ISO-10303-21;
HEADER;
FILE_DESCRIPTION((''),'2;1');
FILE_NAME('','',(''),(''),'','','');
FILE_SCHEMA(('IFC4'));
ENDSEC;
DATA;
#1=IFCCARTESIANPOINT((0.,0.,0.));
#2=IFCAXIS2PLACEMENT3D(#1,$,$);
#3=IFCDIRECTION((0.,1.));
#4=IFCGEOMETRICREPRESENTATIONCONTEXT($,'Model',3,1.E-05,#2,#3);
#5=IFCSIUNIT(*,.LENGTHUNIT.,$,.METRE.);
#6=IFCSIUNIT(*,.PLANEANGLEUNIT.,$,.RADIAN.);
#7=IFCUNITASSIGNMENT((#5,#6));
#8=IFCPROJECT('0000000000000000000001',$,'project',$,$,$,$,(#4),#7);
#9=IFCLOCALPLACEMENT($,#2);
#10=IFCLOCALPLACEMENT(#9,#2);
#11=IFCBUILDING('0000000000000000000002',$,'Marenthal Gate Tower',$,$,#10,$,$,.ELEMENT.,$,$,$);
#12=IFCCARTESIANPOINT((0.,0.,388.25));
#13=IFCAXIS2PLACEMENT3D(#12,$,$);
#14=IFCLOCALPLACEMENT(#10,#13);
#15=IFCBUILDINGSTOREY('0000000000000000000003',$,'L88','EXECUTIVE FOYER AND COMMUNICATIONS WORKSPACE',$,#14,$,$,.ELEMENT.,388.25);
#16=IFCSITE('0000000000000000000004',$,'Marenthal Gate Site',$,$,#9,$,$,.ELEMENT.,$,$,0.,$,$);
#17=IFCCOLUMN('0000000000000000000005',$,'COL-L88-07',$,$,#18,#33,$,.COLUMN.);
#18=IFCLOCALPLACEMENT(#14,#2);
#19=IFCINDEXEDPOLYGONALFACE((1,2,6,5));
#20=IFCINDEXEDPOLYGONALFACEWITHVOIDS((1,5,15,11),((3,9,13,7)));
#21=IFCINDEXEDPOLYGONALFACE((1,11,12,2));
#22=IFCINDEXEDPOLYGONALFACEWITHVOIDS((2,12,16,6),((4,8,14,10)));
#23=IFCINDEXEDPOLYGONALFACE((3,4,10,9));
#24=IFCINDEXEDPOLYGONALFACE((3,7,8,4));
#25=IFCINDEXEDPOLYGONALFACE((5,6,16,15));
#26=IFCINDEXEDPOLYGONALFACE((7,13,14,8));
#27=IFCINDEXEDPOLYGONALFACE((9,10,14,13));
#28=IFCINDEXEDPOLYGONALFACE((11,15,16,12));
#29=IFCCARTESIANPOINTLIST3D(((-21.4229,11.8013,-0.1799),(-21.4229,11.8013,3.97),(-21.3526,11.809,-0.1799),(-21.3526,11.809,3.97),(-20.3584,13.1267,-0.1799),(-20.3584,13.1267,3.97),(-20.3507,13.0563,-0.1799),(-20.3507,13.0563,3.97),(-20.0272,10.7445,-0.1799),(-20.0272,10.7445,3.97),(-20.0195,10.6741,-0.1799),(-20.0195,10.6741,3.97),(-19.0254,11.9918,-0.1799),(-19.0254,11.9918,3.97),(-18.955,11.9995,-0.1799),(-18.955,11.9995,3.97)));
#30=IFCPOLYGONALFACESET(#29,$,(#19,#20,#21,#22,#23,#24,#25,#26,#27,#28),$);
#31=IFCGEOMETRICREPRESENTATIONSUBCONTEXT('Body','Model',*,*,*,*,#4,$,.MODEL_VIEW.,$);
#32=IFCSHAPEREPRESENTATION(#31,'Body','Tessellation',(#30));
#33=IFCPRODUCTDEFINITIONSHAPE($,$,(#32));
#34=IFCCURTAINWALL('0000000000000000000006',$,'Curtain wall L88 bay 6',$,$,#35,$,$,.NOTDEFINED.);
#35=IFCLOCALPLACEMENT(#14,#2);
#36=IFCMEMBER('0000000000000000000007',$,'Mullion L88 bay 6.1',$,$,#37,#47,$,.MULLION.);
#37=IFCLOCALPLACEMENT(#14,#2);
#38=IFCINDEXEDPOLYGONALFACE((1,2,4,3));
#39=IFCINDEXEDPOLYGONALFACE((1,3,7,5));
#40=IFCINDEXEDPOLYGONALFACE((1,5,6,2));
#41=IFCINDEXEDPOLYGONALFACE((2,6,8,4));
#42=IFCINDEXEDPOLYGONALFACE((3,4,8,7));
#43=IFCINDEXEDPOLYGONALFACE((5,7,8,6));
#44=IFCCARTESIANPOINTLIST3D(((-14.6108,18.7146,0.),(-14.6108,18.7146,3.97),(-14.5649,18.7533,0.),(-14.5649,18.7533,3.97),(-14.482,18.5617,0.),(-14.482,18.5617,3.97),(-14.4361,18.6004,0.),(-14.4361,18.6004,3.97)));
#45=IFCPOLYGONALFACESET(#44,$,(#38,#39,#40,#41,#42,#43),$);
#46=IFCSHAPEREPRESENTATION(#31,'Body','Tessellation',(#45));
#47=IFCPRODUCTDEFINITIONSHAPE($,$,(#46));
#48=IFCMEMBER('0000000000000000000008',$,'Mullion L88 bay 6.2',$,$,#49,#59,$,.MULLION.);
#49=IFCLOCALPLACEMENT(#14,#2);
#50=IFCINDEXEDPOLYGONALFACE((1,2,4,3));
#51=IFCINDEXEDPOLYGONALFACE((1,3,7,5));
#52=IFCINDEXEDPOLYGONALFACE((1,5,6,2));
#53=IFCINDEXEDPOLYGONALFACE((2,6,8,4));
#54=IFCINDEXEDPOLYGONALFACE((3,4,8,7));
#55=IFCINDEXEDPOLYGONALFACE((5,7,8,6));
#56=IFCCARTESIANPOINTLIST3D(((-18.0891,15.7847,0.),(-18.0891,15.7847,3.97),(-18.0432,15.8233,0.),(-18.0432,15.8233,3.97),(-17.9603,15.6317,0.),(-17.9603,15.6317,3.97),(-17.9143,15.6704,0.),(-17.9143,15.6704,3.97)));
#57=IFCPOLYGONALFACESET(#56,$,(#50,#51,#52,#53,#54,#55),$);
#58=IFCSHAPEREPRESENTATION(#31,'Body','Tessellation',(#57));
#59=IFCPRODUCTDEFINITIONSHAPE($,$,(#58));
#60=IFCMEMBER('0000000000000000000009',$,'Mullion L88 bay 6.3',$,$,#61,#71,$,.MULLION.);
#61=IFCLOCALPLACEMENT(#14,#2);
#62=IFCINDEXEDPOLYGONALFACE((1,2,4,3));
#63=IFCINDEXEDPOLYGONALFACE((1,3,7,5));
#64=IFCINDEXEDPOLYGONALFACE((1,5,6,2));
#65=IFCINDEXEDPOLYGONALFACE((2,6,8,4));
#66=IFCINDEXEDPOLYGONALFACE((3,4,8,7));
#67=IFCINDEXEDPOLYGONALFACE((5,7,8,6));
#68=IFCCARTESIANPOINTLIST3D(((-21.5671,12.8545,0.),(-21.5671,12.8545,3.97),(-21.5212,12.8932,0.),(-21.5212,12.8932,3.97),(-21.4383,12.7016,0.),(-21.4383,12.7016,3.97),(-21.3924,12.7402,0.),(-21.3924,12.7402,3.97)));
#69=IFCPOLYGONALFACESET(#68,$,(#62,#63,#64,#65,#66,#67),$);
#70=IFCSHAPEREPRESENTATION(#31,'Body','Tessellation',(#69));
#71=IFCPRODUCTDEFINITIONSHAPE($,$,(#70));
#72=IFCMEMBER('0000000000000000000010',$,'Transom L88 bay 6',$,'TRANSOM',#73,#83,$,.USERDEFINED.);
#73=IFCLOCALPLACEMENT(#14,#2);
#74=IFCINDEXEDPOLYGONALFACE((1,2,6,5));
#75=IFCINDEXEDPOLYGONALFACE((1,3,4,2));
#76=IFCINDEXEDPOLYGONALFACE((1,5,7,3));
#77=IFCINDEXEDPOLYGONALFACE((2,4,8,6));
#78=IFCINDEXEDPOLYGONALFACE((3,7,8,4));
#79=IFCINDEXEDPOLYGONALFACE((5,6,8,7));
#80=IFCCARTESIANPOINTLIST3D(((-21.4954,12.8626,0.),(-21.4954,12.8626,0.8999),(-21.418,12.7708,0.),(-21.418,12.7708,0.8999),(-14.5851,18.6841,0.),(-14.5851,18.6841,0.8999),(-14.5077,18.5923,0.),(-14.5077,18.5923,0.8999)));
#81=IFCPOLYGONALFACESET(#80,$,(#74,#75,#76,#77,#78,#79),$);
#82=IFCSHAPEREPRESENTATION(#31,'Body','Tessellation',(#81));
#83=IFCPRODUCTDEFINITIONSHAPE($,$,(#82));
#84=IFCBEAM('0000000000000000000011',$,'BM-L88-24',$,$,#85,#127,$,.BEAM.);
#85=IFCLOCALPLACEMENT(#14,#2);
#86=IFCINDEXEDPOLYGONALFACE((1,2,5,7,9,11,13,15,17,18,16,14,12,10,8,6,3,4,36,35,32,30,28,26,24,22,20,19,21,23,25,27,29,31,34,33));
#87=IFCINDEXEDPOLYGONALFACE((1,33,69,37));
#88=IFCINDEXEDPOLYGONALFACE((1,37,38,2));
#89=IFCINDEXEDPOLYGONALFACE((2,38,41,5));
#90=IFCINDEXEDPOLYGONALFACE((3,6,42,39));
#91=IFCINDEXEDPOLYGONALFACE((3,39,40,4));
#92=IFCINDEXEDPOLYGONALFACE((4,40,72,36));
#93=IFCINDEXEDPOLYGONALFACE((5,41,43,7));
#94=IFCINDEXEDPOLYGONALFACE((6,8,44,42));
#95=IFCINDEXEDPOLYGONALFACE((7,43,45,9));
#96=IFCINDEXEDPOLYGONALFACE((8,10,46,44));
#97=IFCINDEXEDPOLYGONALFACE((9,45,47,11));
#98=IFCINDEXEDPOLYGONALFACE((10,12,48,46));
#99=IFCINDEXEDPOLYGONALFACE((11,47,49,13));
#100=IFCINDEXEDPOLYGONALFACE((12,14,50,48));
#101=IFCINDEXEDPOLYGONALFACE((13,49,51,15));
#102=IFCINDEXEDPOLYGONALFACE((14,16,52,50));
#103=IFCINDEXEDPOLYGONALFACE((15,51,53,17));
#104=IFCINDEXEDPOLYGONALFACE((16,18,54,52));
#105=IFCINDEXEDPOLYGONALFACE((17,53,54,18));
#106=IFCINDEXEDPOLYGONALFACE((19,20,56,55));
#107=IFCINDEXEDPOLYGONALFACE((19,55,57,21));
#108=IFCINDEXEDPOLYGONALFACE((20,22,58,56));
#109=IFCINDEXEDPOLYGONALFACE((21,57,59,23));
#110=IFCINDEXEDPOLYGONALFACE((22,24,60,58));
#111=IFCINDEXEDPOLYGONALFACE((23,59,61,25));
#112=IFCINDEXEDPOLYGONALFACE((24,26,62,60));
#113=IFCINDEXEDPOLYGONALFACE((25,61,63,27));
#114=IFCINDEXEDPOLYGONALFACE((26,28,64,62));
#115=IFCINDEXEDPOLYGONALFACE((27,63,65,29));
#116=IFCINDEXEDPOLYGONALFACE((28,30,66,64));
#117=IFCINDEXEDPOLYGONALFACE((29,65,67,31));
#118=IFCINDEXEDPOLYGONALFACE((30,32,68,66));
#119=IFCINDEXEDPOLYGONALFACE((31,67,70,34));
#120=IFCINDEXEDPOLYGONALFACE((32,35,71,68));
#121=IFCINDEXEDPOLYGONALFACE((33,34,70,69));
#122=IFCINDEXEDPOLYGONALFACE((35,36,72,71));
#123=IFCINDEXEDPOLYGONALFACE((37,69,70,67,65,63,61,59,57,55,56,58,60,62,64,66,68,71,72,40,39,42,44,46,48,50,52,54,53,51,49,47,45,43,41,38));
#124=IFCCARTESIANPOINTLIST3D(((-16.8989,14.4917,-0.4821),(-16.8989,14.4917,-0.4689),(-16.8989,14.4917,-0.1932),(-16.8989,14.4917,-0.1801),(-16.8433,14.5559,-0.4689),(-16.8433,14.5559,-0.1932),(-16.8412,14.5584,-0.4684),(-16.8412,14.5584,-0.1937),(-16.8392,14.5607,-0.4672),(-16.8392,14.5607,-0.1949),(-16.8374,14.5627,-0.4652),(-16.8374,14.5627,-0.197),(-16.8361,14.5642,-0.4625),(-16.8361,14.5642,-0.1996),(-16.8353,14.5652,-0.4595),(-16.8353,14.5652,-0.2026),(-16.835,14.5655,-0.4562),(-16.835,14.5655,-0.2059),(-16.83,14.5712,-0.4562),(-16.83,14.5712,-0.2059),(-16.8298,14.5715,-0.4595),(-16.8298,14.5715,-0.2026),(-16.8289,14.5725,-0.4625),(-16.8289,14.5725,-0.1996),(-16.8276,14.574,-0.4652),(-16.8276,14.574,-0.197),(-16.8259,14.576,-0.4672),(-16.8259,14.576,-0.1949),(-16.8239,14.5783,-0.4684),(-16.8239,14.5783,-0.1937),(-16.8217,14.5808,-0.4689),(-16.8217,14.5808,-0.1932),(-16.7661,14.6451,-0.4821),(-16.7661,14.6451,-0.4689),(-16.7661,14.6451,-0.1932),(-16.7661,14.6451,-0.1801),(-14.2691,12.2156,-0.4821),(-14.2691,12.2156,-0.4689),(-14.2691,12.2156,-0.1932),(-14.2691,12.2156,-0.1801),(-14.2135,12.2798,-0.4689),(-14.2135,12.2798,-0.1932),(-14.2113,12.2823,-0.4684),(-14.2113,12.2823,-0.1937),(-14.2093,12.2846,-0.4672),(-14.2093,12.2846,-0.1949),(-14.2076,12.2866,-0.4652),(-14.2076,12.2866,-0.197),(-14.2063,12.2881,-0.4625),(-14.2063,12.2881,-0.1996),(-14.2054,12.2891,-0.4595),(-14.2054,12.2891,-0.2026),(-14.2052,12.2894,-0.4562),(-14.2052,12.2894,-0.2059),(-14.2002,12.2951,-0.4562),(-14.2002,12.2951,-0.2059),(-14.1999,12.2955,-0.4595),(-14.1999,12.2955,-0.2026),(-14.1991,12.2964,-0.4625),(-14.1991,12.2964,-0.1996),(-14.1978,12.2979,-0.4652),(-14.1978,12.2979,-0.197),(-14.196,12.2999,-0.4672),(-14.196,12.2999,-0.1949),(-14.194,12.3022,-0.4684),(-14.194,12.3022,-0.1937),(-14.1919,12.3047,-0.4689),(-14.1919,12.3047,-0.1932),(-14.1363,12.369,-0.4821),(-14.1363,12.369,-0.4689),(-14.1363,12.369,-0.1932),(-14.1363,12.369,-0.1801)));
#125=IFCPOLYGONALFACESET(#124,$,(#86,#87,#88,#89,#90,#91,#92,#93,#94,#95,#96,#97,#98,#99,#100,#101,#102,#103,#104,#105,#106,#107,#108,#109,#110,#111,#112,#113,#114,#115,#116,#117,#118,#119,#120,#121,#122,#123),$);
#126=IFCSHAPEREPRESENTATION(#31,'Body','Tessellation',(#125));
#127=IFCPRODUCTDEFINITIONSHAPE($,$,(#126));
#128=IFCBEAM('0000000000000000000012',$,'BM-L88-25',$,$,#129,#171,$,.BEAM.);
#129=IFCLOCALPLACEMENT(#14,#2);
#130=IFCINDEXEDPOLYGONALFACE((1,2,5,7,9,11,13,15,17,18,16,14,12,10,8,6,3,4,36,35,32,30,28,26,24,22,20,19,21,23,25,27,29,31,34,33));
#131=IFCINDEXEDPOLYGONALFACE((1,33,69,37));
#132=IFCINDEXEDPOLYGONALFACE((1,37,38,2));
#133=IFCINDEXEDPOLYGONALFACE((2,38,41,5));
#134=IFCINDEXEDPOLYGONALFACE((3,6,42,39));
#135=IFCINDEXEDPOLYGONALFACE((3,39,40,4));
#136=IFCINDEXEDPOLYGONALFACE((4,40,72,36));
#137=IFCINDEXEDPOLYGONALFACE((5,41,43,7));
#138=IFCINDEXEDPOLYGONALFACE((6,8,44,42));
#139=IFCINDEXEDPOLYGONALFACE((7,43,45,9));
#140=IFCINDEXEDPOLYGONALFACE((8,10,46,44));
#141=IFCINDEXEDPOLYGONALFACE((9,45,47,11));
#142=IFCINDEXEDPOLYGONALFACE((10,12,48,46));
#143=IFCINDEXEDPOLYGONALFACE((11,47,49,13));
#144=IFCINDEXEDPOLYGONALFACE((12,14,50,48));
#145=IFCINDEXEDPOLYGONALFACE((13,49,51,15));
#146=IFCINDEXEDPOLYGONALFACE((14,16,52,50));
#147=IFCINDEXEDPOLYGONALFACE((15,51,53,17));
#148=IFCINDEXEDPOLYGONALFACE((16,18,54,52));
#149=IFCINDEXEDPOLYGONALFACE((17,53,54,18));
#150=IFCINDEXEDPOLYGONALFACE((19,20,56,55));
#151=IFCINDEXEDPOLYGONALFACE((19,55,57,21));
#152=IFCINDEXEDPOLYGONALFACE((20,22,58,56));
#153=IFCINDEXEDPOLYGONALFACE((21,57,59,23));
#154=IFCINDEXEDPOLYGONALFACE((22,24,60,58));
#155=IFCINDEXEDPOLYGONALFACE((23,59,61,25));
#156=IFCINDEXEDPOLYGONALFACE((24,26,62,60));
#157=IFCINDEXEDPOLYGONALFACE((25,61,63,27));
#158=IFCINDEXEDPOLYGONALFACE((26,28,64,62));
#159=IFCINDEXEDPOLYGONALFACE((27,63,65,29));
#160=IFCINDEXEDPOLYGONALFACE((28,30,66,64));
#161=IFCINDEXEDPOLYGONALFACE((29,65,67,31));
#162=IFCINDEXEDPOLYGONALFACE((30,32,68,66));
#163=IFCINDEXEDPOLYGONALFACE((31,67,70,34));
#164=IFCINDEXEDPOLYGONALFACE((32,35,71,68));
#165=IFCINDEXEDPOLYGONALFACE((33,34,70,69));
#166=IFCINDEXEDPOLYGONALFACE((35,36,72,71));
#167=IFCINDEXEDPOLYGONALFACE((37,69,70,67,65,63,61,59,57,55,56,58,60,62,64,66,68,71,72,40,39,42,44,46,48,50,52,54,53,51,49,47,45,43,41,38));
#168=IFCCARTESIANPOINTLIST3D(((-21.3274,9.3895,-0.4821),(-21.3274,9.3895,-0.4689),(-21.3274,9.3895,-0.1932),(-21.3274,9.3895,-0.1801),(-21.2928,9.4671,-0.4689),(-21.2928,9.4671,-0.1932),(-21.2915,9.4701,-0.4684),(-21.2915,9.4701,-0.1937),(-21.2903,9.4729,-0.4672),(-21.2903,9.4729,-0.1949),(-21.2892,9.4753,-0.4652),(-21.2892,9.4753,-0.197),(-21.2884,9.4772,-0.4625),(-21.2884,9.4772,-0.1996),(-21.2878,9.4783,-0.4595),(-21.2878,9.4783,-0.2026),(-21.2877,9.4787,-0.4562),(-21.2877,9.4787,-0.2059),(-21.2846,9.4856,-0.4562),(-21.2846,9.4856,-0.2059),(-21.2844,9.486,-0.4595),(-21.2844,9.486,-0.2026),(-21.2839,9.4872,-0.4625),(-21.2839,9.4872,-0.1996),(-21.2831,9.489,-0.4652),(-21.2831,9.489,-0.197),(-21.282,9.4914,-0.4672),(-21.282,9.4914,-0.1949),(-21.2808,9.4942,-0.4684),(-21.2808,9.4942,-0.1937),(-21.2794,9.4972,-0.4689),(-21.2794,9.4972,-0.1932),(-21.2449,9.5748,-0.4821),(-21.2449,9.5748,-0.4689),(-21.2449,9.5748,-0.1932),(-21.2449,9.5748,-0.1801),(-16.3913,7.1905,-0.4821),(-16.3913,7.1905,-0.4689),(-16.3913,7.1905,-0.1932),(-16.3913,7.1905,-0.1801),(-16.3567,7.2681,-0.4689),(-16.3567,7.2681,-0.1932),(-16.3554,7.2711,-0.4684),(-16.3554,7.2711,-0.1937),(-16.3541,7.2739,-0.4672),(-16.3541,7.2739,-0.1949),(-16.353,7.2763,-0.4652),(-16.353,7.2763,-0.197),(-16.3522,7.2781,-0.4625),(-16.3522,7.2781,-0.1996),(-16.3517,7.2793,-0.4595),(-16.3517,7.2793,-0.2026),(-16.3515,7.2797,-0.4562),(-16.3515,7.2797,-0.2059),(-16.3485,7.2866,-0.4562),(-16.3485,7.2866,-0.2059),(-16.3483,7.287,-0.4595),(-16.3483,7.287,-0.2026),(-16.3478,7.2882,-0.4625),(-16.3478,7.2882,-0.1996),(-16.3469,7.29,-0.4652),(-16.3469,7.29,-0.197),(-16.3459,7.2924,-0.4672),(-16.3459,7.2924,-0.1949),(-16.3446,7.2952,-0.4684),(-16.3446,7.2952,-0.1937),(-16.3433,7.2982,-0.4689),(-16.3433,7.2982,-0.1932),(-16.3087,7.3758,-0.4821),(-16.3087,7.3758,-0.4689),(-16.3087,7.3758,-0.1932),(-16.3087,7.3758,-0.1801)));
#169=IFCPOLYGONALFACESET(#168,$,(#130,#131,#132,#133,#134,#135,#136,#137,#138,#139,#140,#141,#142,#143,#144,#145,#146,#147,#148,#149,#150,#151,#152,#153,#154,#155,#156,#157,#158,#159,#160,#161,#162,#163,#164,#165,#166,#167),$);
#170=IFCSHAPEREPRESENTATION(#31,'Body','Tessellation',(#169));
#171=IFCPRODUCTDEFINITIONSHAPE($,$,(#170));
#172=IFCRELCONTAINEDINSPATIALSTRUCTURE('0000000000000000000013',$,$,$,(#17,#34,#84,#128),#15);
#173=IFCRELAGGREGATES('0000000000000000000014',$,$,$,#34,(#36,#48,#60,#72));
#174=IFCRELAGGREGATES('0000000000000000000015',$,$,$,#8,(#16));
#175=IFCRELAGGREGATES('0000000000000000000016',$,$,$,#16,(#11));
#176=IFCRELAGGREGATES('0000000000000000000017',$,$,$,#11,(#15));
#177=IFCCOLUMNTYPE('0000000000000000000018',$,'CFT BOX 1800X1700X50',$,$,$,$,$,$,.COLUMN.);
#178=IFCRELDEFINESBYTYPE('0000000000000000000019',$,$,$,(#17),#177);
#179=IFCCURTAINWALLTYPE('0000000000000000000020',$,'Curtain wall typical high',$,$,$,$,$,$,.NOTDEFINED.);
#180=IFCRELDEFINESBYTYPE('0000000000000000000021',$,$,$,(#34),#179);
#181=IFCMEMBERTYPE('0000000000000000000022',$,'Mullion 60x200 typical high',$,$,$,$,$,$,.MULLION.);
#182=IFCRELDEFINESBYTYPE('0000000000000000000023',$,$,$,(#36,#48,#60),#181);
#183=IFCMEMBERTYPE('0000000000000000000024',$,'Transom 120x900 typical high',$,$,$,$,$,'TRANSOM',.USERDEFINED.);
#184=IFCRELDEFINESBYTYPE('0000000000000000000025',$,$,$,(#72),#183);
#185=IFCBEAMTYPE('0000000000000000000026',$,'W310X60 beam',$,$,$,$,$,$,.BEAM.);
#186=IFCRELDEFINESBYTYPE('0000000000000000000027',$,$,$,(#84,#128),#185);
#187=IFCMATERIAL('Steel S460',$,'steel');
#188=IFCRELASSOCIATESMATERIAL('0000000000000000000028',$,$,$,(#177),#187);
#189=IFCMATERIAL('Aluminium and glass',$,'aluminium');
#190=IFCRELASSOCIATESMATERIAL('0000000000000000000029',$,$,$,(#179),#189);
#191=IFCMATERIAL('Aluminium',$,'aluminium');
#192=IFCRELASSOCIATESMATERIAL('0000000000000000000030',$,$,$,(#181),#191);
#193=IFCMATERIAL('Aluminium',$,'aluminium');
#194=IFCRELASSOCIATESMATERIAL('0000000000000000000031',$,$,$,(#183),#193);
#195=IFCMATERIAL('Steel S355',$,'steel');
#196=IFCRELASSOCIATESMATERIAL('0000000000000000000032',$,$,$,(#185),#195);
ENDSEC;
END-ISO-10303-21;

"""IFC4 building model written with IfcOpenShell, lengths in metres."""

from ifc_helpers import new_model, si_unit, direction, frame, origin, origin_2d, place, context, subcontext, project, spatial, rectangle, hollow_rectangle, i_section, extrude, material, material_profile, profile_set, type_object, element, aggregate, save


model = new_model("IFC4")

# Units and contexts
model_context = context("Model", 3, precision=1e-05, world=origin(), true_north=direction((0.0, 1.0)))
body_context = subcontext(model_context, "Body", "Model", "MODEL_VIEW")
ifc_project = project(units=[si_unit("LENGTHUNIT", "METRE"), si_unit("PLANEANGLEUNIT", "RADIAN")], contexts=[model_context])

# Site, building, storey
site_placement = place(None, origin())
site = spatial("IfcSite", under=ifc_project, at=site_placement, Name="Marenthal Gate Site", CompositionType="ELEMENT", RefElevation=0.0)
building_placement = place(site_placement, origin())
building = spatial("IfcBuilding", under=site, at=building_placement, Name="Marenthal Gate Tower", CompositionType="ELEMENT")
storey_placement = place(building_placement, frame((0.0, 0.0, 388.25)))
storey = spatial("IfcBuildingStorey", under=building, at=storey_placement, Name="L88", Description="EXECUTIVE FOYER AND COMMUNICATIONS WORKSPACE", CompositionType="ELEMENT", Elevation=388.25)

# Column
ifc_material_1 = material(Name="Steel S460", Category="steel")
ifc_material_profile_1 = material_profile(ifc_material_1, hollow_rectangle(XDim=1.7, YDim=1.8, WallThickness=0.05, at=origin_2d()), Name="CFT BOX 1800X1700X50")
ifc_material_2 = material(Name="Concrete 70 MPa", Category="concrete")
ifc_material_profile_2 = material_profile(ifc_material_2, rectangle(XDim=1.6001, YDim=1.7, at=origin_2d()), Name="CFT BOX 1800X1700X50 INFILL")
ifc_profile_set_1 = profile_set([ifc_material_profile_1, ifc_material_profile_2], Name="Steel S460 shell, Concrete 70 MPa infill")
column_type = type_object("IfcColumnType", Name="CFT BOX 1800X1700X50", PredefinedType="COLUMN", material=ifc_profile_set_1)
column_placement = place(storey_placement, frame((-20.189, 11.9004, -0.1799), z_axis=(0.0, 0.0, 1.0), x_axis=(0.626198, 0.779664, 0.0)))
element("IfcColumn", 1, at=column_placement, inside=storey, type_object=column_type, Name="COL-L88-07", PredefinedType="COLUMN", context=body_context, shape_type="SweptSolid", body=[
    extrude(hollow_rectangle(XDim=1.7, YDim=1.8, WallThickness=0.05, at=origin_2d()), origin(), (0.0, 0.0, 1.0), 4.1499),
])

# Curtain wall, members
ifc_material_3 = material(Name="Aluminium and glass", Category="aluminium")
curtain_wall_type = type_object("IfcCurtainWallType", Name="Curtain wall typical high", PredefinedType="NOTDEFINED", material=ifc_material_3)
curtain_wall_placement = place(storey_placement, origin())
curtain_wall = element("IfcCurtainWall", 2, at=curtain_wall_placement, inside=storey, type_object=curtain_wall_type, Name="Curtain wall L88 bay 6", PredefinedType="NOTDEFINED")
ifc_material_4 = material(Name="Aluminium", Category="aluminium")
ifc_material_profile_3 = material_profile(ifc_material_4, rectangle(XDim=0.2, YDim=0.0601, at=origin_2d()), Name="60x200 aluminium mullion")
ifc_profile_set_2 = profile_set([ifc_material_profile_3], Name="Aluminium")
member_type_1 = type_object("IfcMemberType", Name="Mullion 60x200 typical high", PredefinedType="MULLION", material=ifc_profile_set_2)
member_1_placement = place(storey_placement, frame((-14.5234, 18.6575, 0.0), z_axis=(0.0, 0.0, 1.0), x_axis=(0.644265, -0.764802, 0.0)))
member_1 = element("IfcMember", 3, at=member_1_placement, type_object=member_type_1, Name="Mullion L88 bay 6.1", PredefinedType="MULLION", context=body_context, shape_type="SweptSolid", body=[
    extrude(rectangle(XDim=0.2, YDim=0.0601, at=origin_2d()), origin(), (0.0, 0.0, 1.0), 3.97),
])
member_2_placement = place(storey_placement, frame((-18.0017, 15.7275, 0.0), z_axis=(0.0, 0.0, 1.0), x_axis=(0.644265, -0.764802, 0.0)))
member_2 = element("IfcMember", 4, at=member_2_placement, type_object=member_type_1, Name="Mullion L88 bay 6.2", PredefinedType="MULLION", context=body_context, shape_type="SweptSolid", body=[
    extrude(rectangle(XDim=0.2, YDim=0.0601, at=origin_2d()), origin(), (0.0, 0.0, 1.0), 3.97),
])
member_3_placement = place(storey_placement, frame((-21.4797, 12.7974, 0.0), z_axis=(0.0, 0.0, 1.0), x_axis=(0.644265, -0.764802, 0.0)))
member_3 = element("IfcMember", 5, at=member_3_placement, type_object=member_type_1, Name="Mullion L88 bay 6.3", PredefinedType="MULLION", context=body_context, shape_type="SweptSolid", body=[
    extrude(rectangle(XDim=0.2, YDim=0.0601, at=origin_2d()), origin(), (0.0, 0.0, 1.0), 3.97),
])
ifc_material_5 = material(Name="Aluminium", Category="aluminium")
ifc_material_profile_4 = material_profile(ifc_material_5, rectangle(XDim=0.1201, YDim=0.8999, at=origin_2d()), Name="120x900 aluminium transom")
ifc_profile_set_3 = profile_set([ifc_material_profile_4], Name="Aluminium")
member_type_2 = type_object("IfcMemberType", Name="Transom 120x900 typical high", ElementType="TRANSOM", PredefinedType="USERDEFINED", material=ifc_profile_set_3)
member_4_placement = place(storey_placement, frame((-14.5464, 18.6382, 0.45), z_axis=(-0.764789, -0.644281, 0.0), x_axis=(0.644281, -0.764789, 0.0)))
member_4 = element("IfcMember", 6, at=member_4_placement, type_object=member_type_2, Name="Transom L88 bay 6", ObjectType="TRANSOM", PredefinedType="USERDEFINED", context=body_context, shape_type="SweptSolid", body=[
    extrude(rectangle(XDim=0.1201, YDim=0.8999, at=origin_2d()), origin(), (0.0, 0.0, 1.0), 9.0356),
])

# Beams
ifc_material_6 = material(Name="Steel S355", Category="steel")
ifc_material_profile_5 = material_profile(ifc_material_6, i_section(OverallWidth=0.2029, OverallDepth=0.302, WebThickness=0.0076, FlangeThickness=0.0132, FilletRadius=0.0127, at=origin_2d()), Name="W310X60")
ifc_profile_set_4 = profile_set([ifc_material_profile_5], Name="Steel S355")
beam_type_1 = type_object("IfcBeamType", Name="W310X60 beam", PredefinedType="BEAM", material=ifc_profile_set_4)
beam_1_placement = place(storey_placement, frame((-16.8325, 14.5684, -0.3311), z_axis=(0.756131, -0.65442, 0.0), x_axis=(0.65442, 0.756131, 0.0)))
element("IfcBeam", 7, at=beam_1_placement, inside=storey, type_object=beam_type_1, Name="BM-L88-24", PredefinedType="BEAM", context=body_context, shape_type="SweptSolid", body=[
    extrude(i_section(OverallWidth=0.2029, OverallDepth=0.302, WebThickness=0.0076, FlangeThickness=0.0132, FilletRadius=0.0127, at=origin_2d()), origin(), (0.0, 0.0, 1.0), 3.478),
])
beam_2_placement = place(storey_placement, frame((-21.2861, 9.4822, -0.3311), z_axis=(0.913455, -0.406939, 0.0), x_axis=(0.406939, 0.913455, 0.0)))
element("IfcBeam", 8, at=beam_2_placement, inside=storey, type_object=beam_type_1, Name="BM-L88-25", PredefinedType="BEAM", context=body_context, shape_type="SweptSolid", body=[
    extrude(i_section(OverallWidth=0.2029, OverallDepth=0.302, WebThickness=0.0076, FlangeThickness=0.0132, FilletRadius=0.0127, at=origin_2d()), origin(), (0.0, 0.0, 1.0), 5.4038),
])

aggregate(curtain_wall, [member_1, member_2, member_3, member_4])

save(model, "model.ifc")
